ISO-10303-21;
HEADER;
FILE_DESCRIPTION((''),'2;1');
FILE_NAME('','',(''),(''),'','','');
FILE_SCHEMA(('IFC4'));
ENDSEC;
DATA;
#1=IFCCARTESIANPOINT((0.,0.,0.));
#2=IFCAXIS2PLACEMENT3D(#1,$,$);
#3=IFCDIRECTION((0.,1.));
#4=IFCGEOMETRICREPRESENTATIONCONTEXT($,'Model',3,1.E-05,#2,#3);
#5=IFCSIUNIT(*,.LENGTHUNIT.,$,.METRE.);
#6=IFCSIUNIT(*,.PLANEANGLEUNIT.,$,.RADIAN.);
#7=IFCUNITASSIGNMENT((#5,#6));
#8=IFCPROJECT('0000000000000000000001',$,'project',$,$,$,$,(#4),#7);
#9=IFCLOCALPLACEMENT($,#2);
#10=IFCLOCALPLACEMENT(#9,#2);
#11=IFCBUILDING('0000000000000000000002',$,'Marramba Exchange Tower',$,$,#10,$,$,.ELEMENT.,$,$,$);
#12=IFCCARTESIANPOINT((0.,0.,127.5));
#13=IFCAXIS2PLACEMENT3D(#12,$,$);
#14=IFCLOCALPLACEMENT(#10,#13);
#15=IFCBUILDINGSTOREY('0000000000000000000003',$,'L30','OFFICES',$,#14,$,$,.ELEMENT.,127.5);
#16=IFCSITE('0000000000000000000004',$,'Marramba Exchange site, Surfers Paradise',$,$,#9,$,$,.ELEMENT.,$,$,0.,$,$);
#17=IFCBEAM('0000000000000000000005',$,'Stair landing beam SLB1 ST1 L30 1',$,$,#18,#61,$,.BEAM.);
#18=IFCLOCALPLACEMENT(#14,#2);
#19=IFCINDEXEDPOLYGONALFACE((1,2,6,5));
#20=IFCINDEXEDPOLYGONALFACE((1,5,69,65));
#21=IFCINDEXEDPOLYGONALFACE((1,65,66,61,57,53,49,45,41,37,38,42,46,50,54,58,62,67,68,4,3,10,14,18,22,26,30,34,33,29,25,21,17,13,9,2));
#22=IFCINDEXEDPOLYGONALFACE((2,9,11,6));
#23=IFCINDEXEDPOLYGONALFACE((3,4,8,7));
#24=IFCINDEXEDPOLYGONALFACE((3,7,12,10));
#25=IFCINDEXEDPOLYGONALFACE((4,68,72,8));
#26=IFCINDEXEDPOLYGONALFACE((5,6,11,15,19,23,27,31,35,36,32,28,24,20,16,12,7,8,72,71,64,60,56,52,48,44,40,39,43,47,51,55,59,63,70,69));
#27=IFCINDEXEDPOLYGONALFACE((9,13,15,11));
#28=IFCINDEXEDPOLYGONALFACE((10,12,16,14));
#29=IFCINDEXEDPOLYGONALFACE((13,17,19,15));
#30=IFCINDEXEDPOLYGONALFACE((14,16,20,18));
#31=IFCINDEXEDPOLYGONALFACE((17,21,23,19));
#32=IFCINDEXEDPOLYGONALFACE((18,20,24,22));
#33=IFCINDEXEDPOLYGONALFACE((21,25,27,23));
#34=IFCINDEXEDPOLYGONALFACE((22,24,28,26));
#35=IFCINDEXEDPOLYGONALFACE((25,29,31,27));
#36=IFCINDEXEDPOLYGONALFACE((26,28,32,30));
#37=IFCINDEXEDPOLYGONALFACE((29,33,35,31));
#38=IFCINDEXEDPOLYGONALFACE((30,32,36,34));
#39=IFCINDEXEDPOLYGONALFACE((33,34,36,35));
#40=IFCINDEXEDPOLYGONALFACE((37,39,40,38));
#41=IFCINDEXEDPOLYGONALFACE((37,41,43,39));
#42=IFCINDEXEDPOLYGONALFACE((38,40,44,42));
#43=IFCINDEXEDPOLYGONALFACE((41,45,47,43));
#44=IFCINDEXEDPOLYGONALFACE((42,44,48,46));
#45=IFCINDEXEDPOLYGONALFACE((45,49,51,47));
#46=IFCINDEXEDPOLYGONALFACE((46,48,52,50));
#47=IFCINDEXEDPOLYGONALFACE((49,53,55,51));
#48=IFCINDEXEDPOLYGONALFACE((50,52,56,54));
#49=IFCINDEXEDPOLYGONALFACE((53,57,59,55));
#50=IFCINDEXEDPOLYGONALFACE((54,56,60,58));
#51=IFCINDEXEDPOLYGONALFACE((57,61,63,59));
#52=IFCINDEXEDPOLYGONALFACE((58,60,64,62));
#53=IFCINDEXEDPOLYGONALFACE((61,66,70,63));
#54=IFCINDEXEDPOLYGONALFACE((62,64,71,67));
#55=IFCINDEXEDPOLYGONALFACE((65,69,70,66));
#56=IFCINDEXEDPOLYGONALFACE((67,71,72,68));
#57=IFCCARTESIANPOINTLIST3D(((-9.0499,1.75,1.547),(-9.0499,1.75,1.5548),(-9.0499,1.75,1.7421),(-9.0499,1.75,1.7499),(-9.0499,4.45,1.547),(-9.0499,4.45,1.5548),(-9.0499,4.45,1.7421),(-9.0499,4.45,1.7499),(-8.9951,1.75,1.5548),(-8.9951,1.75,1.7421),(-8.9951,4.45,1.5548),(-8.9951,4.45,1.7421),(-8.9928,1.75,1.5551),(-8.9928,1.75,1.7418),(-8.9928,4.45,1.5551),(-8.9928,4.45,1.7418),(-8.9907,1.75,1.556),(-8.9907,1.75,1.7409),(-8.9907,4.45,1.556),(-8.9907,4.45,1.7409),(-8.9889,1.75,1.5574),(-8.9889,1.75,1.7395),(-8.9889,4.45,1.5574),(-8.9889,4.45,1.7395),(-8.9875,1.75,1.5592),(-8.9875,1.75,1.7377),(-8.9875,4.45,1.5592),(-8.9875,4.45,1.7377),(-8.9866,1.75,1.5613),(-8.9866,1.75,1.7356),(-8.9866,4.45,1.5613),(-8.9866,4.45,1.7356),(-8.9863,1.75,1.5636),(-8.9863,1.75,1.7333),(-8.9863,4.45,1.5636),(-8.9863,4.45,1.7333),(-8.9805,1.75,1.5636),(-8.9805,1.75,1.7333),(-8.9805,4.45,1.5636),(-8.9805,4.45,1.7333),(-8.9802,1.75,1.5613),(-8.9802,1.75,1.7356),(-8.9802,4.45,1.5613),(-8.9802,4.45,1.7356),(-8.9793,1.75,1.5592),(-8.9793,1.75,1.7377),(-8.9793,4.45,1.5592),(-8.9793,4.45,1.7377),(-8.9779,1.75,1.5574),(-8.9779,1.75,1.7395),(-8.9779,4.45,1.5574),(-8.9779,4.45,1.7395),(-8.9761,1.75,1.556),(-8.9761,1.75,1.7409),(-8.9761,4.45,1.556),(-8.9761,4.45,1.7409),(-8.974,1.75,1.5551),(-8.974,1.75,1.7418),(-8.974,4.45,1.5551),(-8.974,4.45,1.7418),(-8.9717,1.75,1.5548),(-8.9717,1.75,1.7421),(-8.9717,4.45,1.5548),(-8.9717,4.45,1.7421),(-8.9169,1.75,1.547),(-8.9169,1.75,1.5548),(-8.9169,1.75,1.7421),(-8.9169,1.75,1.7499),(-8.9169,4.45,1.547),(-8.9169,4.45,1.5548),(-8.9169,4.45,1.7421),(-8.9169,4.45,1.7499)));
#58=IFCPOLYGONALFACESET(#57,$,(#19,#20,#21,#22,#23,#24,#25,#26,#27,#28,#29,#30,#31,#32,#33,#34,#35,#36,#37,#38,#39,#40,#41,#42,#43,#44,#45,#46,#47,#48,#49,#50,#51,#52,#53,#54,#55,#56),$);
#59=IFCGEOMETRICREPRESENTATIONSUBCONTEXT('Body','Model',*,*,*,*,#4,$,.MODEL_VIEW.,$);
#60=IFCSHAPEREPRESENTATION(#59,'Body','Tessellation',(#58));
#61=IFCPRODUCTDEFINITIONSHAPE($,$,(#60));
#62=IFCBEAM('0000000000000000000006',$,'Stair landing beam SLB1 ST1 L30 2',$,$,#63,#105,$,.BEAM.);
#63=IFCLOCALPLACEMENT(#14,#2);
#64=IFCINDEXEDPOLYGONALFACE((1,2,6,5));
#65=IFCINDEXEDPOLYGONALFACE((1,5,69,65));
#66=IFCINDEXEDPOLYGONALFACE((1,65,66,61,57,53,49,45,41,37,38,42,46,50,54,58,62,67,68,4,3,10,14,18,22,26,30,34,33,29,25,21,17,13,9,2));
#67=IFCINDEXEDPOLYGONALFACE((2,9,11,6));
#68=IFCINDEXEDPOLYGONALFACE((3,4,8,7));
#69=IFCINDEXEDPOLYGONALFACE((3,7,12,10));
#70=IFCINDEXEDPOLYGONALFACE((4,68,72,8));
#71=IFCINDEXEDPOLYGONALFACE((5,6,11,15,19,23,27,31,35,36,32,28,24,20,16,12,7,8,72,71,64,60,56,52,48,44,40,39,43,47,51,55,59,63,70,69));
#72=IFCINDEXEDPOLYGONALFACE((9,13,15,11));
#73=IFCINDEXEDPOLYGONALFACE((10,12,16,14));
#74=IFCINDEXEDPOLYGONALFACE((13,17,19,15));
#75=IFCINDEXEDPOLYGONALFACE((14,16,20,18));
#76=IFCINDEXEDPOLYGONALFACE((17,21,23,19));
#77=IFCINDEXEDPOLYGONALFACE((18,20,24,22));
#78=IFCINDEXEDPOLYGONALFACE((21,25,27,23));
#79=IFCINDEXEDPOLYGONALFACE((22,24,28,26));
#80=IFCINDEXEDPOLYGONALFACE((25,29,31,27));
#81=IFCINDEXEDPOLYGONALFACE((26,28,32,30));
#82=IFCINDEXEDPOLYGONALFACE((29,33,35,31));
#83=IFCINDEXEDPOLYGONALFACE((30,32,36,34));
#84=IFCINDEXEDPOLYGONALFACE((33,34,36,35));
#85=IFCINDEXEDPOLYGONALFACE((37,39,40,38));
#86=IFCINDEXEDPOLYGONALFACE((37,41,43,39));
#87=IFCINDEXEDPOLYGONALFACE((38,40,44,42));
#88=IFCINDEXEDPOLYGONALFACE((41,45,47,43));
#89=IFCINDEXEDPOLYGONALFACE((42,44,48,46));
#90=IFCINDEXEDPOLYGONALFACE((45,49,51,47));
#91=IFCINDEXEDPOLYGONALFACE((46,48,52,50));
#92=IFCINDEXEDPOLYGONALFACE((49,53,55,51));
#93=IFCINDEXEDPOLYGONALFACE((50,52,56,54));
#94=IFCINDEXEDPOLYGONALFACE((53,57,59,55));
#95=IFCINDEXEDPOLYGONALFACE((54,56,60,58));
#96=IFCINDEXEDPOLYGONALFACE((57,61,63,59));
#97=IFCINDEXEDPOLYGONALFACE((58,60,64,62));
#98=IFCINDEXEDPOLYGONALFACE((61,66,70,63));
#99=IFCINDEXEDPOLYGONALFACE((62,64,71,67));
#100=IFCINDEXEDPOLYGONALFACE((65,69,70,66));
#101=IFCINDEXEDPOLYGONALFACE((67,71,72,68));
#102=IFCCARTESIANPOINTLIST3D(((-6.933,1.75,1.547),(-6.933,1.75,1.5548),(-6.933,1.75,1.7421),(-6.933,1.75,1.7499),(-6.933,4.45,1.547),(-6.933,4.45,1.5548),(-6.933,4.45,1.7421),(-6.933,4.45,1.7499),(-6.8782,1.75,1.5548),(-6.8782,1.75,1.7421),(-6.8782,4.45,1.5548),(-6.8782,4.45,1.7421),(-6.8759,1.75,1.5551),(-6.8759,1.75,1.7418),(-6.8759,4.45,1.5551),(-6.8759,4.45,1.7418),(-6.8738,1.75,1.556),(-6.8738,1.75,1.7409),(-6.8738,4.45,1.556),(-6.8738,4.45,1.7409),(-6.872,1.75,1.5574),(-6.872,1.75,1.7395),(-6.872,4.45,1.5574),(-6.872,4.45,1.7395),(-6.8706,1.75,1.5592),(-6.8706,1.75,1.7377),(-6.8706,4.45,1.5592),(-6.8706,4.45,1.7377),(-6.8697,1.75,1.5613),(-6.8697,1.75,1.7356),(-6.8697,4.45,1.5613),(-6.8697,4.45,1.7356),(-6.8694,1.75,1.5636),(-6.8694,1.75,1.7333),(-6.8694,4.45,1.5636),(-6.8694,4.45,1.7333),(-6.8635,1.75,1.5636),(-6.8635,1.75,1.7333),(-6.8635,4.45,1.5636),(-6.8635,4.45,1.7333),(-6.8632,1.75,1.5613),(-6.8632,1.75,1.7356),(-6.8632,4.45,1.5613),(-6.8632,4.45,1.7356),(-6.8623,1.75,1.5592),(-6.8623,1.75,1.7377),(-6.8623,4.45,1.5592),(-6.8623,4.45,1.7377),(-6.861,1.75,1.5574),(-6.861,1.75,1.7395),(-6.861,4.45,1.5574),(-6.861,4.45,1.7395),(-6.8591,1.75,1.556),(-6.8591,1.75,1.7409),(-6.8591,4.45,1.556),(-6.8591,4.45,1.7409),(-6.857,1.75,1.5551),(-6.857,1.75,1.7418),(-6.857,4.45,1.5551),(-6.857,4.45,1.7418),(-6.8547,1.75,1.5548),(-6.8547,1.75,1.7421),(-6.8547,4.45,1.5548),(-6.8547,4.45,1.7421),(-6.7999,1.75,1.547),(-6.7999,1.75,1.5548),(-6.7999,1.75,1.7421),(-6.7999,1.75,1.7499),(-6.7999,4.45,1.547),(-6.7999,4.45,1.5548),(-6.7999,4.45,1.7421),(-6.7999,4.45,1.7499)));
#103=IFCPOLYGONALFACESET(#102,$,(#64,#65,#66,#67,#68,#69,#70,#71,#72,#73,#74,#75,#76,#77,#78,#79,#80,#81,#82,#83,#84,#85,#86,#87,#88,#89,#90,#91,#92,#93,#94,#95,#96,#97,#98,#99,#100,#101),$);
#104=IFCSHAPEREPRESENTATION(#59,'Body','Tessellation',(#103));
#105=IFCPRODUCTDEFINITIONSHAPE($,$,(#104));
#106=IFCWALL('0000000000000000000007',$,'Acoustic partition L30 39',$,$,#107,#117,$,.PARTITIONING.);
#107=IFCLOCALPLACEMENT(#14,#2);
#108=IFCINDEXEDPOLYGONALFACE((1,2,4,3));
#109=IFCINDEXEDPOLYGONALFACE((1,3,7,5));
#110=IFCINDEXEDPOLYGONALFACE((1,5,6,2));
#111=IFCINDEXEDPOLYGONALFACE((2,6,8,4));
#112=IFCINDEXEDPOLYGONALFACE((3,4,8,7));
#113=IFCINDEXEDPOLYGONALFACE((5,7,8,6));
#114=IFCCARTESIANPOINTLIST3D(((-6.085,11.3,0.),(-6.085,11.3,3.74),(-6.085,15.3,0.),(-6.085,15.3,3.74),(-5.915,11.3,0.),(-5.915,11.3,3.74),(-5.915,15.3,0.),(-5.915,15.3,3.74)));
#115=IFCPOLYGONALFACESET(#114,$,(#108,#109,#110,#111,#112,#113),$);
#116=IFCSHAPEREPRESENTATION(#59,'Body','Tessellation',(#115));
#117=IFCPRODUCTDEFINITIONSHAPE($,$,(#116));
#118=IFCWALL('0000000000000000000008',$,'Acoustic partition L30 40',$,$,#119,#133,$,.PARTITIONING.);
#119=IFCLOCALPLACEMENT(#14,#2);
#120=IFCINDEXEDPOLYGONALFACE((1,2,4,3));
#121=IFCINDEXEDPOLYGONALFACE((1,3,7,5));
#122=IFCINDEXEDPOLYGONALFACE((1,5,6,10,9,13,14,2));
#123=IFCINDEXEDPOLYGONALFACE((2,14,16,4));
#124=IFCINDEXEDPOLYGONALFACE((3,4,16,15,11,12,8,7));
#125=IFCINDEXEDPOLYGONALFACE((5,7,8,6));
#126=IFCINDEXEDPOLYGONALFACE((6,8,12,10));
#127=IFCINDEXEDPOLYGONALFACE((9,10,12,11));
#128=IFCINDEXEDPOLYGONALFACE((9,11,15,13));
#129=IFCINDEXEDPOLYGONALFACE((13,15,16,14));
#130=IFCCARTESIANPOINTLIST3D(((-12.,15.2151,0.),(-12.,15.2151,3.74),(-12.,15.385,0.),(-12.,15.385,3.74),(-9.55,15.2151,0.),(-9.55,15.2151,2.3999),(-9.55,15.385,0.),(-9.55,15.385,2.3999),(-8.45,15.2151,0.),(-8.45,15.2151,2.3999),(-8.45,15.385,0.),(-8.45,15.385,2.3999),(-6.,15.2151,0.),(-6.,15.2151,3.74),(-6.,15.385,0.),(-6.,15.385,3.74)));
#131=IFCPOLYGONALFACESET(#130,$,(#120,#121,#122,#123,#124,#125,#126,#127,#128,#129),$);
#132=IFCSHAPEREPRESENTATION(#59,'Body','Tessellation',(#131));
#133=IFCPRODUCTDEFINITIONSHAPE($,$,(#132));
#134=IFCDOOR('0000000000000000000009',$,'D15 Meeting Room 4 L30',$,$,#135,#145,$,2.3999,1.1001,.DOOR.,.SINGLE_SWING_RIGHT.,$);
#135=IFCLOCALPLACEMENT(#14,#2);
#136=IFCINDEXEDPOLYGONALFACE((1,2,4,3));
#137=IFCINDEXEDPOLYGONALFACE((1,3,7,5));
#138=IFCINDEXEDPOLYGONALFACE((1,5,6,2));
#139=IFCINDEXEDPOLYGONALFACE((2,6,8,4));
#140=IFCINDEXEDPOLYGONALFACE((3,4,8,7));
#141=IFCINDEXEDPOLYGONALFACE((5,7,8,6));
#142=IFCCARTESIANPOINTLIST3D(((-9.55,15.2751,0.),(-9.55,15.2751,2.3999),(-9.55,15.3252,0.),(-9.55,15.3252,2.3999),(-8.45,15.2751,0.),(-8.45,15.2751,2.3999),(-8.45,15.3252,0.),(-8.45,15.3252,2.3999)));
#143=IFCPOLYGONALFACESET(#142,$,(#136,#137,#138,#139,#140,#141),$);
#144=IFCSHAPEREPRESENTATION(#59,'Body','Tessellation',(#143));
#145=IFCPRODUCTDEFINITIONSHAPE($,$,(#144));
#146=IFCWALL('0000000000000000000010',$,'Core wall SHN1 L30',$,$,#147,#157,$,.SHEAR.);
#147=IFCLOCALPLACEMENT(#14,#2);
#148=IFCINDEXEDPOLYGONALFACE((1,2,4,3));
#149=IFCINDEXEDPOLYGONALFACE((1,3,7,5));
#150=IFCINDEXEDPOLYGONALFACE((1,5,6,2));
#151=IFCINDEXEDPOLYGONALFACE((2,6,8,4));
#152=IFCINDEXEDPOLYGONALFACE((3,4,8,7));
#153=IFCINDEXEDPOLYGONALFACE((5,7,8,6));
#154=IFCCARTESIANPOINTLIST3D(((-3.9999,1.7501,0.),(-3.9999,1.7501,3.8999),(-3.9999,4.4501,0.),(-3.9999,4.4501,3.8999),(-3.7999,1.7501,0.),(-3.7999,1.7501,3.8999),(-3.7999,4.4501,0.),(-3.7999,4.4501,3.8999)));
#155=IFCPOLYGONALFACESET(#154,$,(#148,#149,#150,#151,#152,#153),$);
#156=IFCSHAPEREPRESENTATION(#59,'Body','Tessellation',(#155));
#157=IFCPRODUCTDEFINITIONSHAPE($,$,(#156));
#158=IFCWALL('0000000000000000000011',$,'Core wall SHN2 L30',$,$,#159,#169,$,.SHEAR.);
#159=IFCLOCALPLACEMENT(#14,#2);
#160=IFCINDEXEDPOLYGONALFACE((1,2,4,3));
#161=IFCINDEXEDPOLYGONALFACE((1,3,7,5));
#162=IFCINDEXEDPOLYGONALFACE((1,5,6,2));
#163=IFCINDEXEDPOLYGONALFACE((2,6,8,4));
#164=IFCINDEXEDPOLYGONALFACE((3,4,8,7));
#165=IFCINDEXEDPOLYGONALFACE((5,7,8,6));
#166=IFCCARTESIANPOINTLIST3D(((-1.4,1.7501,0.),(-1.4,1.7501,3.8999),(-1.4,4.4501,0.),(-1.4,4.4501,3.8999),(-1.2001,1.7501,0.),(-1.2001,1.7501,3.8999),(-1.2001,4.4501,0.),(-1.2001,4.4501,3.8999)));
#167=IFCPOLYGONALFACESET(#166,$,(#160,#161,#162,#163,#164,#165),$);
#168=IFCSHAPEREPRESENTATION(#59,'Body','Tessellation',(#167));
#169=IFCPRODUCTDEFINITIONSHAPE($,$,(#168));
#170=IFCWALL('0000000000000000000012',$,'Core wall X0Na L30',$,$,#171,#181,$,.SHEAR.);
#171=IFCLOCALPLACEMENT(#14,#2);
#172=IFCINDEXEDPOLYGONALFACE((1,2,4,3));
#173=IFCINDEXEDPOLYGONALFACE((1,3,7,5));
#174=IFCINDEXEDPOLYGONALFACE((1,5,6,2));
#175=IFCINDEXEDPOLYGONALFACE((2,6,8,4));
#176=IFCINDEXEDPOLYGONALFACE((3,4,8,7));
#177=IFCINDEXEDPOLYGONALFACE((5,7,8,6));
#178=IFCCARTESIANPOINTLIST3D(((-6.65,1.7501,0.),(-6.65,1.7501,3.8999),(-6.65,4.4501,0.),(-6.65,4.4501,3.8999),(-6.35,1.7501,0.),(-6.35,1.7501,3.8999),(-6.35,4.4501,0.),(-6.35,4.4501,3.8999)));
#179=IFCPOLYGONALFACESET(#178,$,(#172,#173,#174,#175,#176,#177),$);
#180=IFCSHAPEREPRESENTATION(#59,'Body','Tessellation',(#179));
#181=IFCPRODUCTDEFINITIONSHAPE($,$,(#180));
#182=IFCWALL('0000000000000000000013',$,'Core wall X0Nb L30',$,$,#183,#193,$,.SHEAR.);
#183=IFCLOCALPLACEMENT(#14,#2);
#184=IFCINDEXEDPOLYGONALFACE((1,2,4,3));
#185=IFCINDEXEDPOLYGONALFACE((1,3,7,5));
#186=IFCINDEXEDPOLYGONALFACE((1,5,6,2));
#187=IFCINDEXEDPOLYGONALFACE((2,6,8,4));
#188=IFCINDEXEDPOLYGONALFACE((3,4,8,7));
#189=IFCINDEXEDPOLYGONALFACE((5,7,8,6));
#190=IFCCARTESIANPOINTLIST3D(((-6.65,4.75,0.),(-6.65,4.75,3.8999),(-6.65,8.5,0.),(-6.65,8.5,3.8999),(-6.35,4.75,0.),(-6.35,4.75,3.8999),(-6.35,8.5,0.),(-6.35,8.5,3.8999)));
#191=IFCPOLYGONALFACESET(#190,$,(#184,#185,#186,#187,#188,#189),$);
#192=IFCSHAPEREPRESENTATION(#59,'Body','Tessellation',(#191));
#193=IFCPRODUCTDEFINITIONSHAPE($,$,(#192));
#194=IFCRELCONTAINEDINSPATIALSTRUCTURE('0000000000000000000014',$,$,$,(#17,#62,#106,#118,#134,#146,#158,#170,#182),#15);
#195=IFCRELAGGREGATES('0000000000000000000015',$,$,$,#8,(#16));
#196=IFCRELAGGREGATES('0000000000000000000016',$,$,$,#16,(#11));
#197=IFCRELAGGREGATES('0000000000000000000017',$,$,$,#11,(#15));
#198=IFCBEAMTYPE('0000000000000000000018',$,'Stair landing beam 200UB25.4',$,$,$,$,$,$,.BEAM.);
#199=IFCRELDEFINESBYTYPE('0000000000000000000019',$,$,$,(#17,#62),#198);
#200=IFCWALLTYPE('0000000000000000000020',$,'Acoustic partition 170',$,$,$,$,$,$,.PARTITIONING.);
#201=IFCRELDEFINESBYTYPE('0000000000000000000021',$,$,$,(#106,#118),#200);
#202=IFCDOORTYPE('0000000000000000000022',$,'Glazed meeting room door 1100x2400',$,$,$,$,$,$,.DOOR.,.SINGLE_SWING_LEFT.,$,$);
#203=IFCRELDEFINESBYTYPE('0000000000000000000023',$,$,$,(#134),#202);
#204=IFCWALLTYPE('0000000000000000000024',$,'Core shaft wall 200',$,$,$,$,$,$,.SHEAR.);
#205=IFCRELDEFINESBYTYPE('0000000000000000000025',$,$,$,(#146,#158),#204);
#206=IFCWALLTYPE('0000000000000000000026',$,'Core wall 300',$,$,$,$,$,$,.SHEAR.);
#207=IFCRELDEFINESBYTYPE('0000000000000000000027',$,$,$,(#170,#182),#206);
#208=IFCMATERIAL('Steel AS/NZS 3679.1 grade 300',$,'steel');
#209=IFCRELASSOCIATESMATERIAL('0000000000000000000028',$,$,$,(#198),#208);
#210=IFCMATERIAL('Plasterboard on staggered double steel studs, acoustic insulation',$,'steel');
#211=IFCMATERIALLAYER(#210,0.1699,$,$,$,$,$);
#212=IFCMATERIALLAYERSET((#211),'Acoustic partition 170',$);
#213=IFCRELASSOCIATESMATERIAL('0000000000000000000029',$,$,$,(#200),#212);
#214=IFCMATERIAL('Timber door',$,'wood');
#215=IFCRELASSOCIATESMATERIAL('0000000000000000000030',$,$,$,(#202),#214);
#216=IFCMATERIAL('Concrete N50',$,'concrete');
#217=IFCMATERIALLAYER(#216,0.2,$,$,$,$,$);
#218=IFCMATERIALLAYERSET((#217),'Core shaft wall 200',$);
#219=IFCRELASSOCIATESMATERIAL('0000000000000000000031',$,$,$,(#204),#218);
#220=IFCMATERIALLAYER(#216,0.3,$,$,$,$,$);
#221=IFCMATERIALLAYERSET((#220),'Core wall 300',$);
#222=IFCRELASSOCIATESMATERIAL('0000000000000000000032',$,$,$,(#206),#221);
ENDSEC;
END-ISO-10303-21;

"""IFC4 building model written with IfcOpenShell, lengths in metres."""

from ifc_helpers import new_model, si_unit, direction, frame, frame_2d, origin, origin_2d, place, context, subcontext, project, spatial, rectangle, i_section, extrude, material, layer, layer_set, material_profile, profile_set, type_object, element, fill, save


model = new_model("IFC4")

# Units and contexts
model_context = context("Model", 3, precision=1e-05, world=origin(), true_north=direction((0.0, 1.0)))
body_context = subcontext(model_context, "Body", "Model", "MODEL_VIEW")
ifc_project = project(units=[si_unit("LENGTHUNIT", "METRE"), si_unit("PLANEANGLEUNIT", "RADIAN")], contexts=[model_context])

# Site, building, storey
site_placement = place(None, origin())
site = spatial("IfcSite", under=ifc_project, at=site_placement, Name="Marramba Exchange site, Surfers Paradise", CompositionType="ELEMENT", RefElevation=0.0)
building_placement = place(site_placement, origin())
building = spatial("IfcBuilding", under=site, at=building_placement, Name="Marramba Exchange Tower", CompositionType="ELEMENT")
storey_placement = place(building_placement, frame((0.0, 0.0, 127.5)))
storey = spatial("IfcBuildingStorey", under=building, at=storey_placement, Name="L30", Description="OFFICES", CompositionType="ELEMENT", Elevation=127.5)

# Shared definitions
ifc_material_1 = material(Name="Concrete N50", Category="concrete")

# Beams
ifc_material_2 = material(Name="Steel AS/NZS 3679.1 grade 300", Category="steel")
ifc_material_profile_1 = material_profile(ifc_material_2, i_section(OverallWidth=0.1331, OverallDepth=0.2029, WebThickness=0.0059, FlangeThickness=0.0078, FilletRadius=0.0088, at=origin_2d()), Name="200UB25.4")
ifc_profile_set_1 = profile_set([ifc_material_profile_1], Name="Steel AS/NZS 3679.1 grade 300")
beam_type_1 = type_object("IfcBeamType", Name="Stair landing beam 200UB25.4", PredefinedType="BEAM", material=ifc_profile_set_1)
for number, where, z_axis, x_axis, name in (
    (1, (-8.9834, 1.75, 1.6484), (0.0, 1.0, 0.0), (-1.0, 0.0, 0.0), "Stair landing beam SLB1 ST1 L30 1"),
    (2, (-6.8665, 1.75, 1.6484), (0.0, 1.0, 0.0), (-1.0, 0.0, 0.0), "Stair landing beam SLB1 ST1 L30 2"),
):
    element("IfcBeam", number, at=place(storey_placement, frame(where, z_axis=z_axis, x_axis=x_axis)), inside=storey, type_object=beam_type_1, Name=name, PredefinedType="BEAM", context=body_context, shape_type="SweptSolid", body=[
        extrude(i_section(OverallWidth=0.1331, OverallDepth=0.2029, WebThickness=0.0059, FlangeThickness=0.0078, FilletRadius=0.0088, at=origin_2d()), origin(), (0.0, 0.0, 1.0), 2.7),
    ])

# Wall
ifc_material_3 = material(Name="Plasterboard on staggered double steel studs, acoustic insulation", Category="steel")
ifc_layer_1 = layer(ifc_material_3, 0.1699)
ifc_layer_set_1 = layer_set([ifc_layer_1], Name="Acoustic partition 170")
wall_type_1 = type_object("IfcWallType", Name="Acoustic partition 170", PredefinedType="PARTITIONING", material=ifc_layer_set_1)
wall_1_placement = place(storey_placement, frame((-6.0, 11.3, 0.0), z_axis=(0.0, 0.0, 1.0), x_axis=(0.0, 1.0, 0.0)))
element("IfcWall", 3, at=wall_1_placement, inside=storey, type_object=wall_type_1, Name="Acoustic partition L30 39", PredefinedType="PARTITIONING", context=body_context, shape_type="SweptSolid", body=[
    extrude(rectangle(XDim=4.0, YDim=0.1699, at=frame_2d((2.0, 0.0))), origin(), (0.0, 0.0, 1.0), 3.74),
])

# Wall, opening, door
wall_2_placement = place(storey_placement, frame((-6.0, 15.3, 0.0), z_axis=(0.0, 0.0, 1.0), x_axis=(-1.0, 0.0, 0.0)))
wall_2 = element("IfcWall", 4, at=wall_2_placement, inside=storey, type_object=wall_type_1, Name="Acoustic partition L30 40", PredefinedType="PARTITIONING", context=body_context, shape_type="SweptSolid", body=[
    extrude(rectangle(XDim=6.0, YDim=0.1699, at=frame_2d((3.0, 0.0))), origin(), (0.0, 0.0, 1.0), 3.74),
])
opening_placement = place(wall_2_placement, frame((2.45, 0.0, 0.0)))
opening = element("IfcOpeningElement", 5, at=opening_placement, cuts=wall_2, PredefinedType="OPENING", context=body_context, shape_type="SweptSolid", body=[
    extrude(rectangle(XDim=1.1001, YDim=2.3999, at=frame_2d((0.55, 1.2))), frame((0.0, 0.095, 0.0), z_axis=(0.0, -1.0, 0.0), x_axis=(1.0, 0.0, 0.0)), (0.0, 0.0, 1.0), 0.1899),
])
ifc_material_4 = material(Name="Timber door", Category="wood")
door_type = type_object("IfcDoorType", Name="Glazed meeting room door 1100x2400", OperationType="SINGLE_SWING_LEFT", PredefinedType="DOOR", material=ifc_material_4)
door_placement = place(opening_placement, origin())
door = element("IfcDoor", 6, at=door_placement, inside=storey, type_object=door_type, Name="D15 Meeting Room 4 L30", OperationType="SINGLE_SWING_RIGHT", OverallHeight=2.3999, OverallWidth=1.1001, PredefinedType="DOOR", context=body_context, shape_type="SweptSolid", body=[
    extrude(rectangle(XDim=1.1001, YDim=2.3999, at=frame_2d((0.55, 1.2))), frame((0.0, 0.0249, 0.0), z_axis=(0.0, -1.0, 0.0), x_axis=(1.0, 0.0, 0.0)), (0.0, 0.0, 1.0), 0.05),
])
fill(opening, door)

# Walls
ifc_layer_2 = layer(ifc_material_1, 0.2)
ifc_layer_set_2 = layer_set([ifc_layer_2], Name="Core shaft wall 200")
wall_type_2 = type_object("IfcWallType", Name="Core shaft wall 200", PredefinedType="SHEAR", material=ifc_layer_set_2)
for number, where, z_axis, x_axis, name in (
    (7, (-3.8999, 1.75, 0.0), (0.0, 0.0, 1.0), (0.0, 1.0, 0.0), "Core wall SHN1 L30"),
    (8, (-1.3, 1.75, 0.0), (0.0, 0.0, 1.0), (0.0, 1.0, 0.0), "Core wall SHN2 L30"),
):
    element("IfcWall", number, at=place(storey_placement, frame(where, z_axis=z_axis, x_axis=x_axis)), inside=storey, type_object=wall_type_2, Name=name, PredefinedType="SHEAR", context=body_context, shape_type="SweptSolid", body=[
        extrude(rectangle(XDim=2.7, YDim=0.2, at=frame_2d((1.3501, 0.0))), origin(), (0.0, 0.0, 1.0), 3.8999),
    ])
ifc_layer_3 = layer(ifc_material_1, 0.3)
ifc_layer_set_3 = layer_set([ifc_layer_3], Name="Core wall 300")
wall_type_3 = type_object("IfcWallType", Name="Core wall 300", PredefinedType="SHEAR", material=ifc_layer_set_3)
wall_3_placement = place(storey_placement, frame((-6.5, 1.75, 0.0), z_axis=(0.0, 0.0, 1.0), x_axis=(0.0, 1.0, 0.0)))
element("IfcWall", 9, at=wall_3_placement, inside=storey, type_object=wall_type_3, Name="Core wall X0Na L30", PredefinedType="SHEAR", context=body_context, shape_type="SweptSolid", body=[
    extrude(rectangle(XDim=2.7, YDim=0.3, at=frame_2d((1.3501, 0.0))), origin(), (0.0, 0.0, 1.0), 3.8999),
])
for number, where, z_axis, x_axis, name in (
    (10, (-6.5, 4.75, 0.0), (0.0, 0.0, 1.0), (0.0, 1.0, 0.0), "Core wall X0Nb L30"),
):
    element("IfcWall", number, at=place(storey_placement, frame(where, z_axis=z_axis, x_axis=x_axis)), inside=storey, type_object=wall_type_3, Name=name, PredefinedType="SHEAR", context=body_context, shape_type="SweptSolid", body=[
        extrude(rectangle(XDim=3.75, YDim=0.3, at=frame_2d((1.875, 0.0))), origin(), (0.0, 0.0, 1.0), 3.8999),
    ])

save(model, "model.ifc")
